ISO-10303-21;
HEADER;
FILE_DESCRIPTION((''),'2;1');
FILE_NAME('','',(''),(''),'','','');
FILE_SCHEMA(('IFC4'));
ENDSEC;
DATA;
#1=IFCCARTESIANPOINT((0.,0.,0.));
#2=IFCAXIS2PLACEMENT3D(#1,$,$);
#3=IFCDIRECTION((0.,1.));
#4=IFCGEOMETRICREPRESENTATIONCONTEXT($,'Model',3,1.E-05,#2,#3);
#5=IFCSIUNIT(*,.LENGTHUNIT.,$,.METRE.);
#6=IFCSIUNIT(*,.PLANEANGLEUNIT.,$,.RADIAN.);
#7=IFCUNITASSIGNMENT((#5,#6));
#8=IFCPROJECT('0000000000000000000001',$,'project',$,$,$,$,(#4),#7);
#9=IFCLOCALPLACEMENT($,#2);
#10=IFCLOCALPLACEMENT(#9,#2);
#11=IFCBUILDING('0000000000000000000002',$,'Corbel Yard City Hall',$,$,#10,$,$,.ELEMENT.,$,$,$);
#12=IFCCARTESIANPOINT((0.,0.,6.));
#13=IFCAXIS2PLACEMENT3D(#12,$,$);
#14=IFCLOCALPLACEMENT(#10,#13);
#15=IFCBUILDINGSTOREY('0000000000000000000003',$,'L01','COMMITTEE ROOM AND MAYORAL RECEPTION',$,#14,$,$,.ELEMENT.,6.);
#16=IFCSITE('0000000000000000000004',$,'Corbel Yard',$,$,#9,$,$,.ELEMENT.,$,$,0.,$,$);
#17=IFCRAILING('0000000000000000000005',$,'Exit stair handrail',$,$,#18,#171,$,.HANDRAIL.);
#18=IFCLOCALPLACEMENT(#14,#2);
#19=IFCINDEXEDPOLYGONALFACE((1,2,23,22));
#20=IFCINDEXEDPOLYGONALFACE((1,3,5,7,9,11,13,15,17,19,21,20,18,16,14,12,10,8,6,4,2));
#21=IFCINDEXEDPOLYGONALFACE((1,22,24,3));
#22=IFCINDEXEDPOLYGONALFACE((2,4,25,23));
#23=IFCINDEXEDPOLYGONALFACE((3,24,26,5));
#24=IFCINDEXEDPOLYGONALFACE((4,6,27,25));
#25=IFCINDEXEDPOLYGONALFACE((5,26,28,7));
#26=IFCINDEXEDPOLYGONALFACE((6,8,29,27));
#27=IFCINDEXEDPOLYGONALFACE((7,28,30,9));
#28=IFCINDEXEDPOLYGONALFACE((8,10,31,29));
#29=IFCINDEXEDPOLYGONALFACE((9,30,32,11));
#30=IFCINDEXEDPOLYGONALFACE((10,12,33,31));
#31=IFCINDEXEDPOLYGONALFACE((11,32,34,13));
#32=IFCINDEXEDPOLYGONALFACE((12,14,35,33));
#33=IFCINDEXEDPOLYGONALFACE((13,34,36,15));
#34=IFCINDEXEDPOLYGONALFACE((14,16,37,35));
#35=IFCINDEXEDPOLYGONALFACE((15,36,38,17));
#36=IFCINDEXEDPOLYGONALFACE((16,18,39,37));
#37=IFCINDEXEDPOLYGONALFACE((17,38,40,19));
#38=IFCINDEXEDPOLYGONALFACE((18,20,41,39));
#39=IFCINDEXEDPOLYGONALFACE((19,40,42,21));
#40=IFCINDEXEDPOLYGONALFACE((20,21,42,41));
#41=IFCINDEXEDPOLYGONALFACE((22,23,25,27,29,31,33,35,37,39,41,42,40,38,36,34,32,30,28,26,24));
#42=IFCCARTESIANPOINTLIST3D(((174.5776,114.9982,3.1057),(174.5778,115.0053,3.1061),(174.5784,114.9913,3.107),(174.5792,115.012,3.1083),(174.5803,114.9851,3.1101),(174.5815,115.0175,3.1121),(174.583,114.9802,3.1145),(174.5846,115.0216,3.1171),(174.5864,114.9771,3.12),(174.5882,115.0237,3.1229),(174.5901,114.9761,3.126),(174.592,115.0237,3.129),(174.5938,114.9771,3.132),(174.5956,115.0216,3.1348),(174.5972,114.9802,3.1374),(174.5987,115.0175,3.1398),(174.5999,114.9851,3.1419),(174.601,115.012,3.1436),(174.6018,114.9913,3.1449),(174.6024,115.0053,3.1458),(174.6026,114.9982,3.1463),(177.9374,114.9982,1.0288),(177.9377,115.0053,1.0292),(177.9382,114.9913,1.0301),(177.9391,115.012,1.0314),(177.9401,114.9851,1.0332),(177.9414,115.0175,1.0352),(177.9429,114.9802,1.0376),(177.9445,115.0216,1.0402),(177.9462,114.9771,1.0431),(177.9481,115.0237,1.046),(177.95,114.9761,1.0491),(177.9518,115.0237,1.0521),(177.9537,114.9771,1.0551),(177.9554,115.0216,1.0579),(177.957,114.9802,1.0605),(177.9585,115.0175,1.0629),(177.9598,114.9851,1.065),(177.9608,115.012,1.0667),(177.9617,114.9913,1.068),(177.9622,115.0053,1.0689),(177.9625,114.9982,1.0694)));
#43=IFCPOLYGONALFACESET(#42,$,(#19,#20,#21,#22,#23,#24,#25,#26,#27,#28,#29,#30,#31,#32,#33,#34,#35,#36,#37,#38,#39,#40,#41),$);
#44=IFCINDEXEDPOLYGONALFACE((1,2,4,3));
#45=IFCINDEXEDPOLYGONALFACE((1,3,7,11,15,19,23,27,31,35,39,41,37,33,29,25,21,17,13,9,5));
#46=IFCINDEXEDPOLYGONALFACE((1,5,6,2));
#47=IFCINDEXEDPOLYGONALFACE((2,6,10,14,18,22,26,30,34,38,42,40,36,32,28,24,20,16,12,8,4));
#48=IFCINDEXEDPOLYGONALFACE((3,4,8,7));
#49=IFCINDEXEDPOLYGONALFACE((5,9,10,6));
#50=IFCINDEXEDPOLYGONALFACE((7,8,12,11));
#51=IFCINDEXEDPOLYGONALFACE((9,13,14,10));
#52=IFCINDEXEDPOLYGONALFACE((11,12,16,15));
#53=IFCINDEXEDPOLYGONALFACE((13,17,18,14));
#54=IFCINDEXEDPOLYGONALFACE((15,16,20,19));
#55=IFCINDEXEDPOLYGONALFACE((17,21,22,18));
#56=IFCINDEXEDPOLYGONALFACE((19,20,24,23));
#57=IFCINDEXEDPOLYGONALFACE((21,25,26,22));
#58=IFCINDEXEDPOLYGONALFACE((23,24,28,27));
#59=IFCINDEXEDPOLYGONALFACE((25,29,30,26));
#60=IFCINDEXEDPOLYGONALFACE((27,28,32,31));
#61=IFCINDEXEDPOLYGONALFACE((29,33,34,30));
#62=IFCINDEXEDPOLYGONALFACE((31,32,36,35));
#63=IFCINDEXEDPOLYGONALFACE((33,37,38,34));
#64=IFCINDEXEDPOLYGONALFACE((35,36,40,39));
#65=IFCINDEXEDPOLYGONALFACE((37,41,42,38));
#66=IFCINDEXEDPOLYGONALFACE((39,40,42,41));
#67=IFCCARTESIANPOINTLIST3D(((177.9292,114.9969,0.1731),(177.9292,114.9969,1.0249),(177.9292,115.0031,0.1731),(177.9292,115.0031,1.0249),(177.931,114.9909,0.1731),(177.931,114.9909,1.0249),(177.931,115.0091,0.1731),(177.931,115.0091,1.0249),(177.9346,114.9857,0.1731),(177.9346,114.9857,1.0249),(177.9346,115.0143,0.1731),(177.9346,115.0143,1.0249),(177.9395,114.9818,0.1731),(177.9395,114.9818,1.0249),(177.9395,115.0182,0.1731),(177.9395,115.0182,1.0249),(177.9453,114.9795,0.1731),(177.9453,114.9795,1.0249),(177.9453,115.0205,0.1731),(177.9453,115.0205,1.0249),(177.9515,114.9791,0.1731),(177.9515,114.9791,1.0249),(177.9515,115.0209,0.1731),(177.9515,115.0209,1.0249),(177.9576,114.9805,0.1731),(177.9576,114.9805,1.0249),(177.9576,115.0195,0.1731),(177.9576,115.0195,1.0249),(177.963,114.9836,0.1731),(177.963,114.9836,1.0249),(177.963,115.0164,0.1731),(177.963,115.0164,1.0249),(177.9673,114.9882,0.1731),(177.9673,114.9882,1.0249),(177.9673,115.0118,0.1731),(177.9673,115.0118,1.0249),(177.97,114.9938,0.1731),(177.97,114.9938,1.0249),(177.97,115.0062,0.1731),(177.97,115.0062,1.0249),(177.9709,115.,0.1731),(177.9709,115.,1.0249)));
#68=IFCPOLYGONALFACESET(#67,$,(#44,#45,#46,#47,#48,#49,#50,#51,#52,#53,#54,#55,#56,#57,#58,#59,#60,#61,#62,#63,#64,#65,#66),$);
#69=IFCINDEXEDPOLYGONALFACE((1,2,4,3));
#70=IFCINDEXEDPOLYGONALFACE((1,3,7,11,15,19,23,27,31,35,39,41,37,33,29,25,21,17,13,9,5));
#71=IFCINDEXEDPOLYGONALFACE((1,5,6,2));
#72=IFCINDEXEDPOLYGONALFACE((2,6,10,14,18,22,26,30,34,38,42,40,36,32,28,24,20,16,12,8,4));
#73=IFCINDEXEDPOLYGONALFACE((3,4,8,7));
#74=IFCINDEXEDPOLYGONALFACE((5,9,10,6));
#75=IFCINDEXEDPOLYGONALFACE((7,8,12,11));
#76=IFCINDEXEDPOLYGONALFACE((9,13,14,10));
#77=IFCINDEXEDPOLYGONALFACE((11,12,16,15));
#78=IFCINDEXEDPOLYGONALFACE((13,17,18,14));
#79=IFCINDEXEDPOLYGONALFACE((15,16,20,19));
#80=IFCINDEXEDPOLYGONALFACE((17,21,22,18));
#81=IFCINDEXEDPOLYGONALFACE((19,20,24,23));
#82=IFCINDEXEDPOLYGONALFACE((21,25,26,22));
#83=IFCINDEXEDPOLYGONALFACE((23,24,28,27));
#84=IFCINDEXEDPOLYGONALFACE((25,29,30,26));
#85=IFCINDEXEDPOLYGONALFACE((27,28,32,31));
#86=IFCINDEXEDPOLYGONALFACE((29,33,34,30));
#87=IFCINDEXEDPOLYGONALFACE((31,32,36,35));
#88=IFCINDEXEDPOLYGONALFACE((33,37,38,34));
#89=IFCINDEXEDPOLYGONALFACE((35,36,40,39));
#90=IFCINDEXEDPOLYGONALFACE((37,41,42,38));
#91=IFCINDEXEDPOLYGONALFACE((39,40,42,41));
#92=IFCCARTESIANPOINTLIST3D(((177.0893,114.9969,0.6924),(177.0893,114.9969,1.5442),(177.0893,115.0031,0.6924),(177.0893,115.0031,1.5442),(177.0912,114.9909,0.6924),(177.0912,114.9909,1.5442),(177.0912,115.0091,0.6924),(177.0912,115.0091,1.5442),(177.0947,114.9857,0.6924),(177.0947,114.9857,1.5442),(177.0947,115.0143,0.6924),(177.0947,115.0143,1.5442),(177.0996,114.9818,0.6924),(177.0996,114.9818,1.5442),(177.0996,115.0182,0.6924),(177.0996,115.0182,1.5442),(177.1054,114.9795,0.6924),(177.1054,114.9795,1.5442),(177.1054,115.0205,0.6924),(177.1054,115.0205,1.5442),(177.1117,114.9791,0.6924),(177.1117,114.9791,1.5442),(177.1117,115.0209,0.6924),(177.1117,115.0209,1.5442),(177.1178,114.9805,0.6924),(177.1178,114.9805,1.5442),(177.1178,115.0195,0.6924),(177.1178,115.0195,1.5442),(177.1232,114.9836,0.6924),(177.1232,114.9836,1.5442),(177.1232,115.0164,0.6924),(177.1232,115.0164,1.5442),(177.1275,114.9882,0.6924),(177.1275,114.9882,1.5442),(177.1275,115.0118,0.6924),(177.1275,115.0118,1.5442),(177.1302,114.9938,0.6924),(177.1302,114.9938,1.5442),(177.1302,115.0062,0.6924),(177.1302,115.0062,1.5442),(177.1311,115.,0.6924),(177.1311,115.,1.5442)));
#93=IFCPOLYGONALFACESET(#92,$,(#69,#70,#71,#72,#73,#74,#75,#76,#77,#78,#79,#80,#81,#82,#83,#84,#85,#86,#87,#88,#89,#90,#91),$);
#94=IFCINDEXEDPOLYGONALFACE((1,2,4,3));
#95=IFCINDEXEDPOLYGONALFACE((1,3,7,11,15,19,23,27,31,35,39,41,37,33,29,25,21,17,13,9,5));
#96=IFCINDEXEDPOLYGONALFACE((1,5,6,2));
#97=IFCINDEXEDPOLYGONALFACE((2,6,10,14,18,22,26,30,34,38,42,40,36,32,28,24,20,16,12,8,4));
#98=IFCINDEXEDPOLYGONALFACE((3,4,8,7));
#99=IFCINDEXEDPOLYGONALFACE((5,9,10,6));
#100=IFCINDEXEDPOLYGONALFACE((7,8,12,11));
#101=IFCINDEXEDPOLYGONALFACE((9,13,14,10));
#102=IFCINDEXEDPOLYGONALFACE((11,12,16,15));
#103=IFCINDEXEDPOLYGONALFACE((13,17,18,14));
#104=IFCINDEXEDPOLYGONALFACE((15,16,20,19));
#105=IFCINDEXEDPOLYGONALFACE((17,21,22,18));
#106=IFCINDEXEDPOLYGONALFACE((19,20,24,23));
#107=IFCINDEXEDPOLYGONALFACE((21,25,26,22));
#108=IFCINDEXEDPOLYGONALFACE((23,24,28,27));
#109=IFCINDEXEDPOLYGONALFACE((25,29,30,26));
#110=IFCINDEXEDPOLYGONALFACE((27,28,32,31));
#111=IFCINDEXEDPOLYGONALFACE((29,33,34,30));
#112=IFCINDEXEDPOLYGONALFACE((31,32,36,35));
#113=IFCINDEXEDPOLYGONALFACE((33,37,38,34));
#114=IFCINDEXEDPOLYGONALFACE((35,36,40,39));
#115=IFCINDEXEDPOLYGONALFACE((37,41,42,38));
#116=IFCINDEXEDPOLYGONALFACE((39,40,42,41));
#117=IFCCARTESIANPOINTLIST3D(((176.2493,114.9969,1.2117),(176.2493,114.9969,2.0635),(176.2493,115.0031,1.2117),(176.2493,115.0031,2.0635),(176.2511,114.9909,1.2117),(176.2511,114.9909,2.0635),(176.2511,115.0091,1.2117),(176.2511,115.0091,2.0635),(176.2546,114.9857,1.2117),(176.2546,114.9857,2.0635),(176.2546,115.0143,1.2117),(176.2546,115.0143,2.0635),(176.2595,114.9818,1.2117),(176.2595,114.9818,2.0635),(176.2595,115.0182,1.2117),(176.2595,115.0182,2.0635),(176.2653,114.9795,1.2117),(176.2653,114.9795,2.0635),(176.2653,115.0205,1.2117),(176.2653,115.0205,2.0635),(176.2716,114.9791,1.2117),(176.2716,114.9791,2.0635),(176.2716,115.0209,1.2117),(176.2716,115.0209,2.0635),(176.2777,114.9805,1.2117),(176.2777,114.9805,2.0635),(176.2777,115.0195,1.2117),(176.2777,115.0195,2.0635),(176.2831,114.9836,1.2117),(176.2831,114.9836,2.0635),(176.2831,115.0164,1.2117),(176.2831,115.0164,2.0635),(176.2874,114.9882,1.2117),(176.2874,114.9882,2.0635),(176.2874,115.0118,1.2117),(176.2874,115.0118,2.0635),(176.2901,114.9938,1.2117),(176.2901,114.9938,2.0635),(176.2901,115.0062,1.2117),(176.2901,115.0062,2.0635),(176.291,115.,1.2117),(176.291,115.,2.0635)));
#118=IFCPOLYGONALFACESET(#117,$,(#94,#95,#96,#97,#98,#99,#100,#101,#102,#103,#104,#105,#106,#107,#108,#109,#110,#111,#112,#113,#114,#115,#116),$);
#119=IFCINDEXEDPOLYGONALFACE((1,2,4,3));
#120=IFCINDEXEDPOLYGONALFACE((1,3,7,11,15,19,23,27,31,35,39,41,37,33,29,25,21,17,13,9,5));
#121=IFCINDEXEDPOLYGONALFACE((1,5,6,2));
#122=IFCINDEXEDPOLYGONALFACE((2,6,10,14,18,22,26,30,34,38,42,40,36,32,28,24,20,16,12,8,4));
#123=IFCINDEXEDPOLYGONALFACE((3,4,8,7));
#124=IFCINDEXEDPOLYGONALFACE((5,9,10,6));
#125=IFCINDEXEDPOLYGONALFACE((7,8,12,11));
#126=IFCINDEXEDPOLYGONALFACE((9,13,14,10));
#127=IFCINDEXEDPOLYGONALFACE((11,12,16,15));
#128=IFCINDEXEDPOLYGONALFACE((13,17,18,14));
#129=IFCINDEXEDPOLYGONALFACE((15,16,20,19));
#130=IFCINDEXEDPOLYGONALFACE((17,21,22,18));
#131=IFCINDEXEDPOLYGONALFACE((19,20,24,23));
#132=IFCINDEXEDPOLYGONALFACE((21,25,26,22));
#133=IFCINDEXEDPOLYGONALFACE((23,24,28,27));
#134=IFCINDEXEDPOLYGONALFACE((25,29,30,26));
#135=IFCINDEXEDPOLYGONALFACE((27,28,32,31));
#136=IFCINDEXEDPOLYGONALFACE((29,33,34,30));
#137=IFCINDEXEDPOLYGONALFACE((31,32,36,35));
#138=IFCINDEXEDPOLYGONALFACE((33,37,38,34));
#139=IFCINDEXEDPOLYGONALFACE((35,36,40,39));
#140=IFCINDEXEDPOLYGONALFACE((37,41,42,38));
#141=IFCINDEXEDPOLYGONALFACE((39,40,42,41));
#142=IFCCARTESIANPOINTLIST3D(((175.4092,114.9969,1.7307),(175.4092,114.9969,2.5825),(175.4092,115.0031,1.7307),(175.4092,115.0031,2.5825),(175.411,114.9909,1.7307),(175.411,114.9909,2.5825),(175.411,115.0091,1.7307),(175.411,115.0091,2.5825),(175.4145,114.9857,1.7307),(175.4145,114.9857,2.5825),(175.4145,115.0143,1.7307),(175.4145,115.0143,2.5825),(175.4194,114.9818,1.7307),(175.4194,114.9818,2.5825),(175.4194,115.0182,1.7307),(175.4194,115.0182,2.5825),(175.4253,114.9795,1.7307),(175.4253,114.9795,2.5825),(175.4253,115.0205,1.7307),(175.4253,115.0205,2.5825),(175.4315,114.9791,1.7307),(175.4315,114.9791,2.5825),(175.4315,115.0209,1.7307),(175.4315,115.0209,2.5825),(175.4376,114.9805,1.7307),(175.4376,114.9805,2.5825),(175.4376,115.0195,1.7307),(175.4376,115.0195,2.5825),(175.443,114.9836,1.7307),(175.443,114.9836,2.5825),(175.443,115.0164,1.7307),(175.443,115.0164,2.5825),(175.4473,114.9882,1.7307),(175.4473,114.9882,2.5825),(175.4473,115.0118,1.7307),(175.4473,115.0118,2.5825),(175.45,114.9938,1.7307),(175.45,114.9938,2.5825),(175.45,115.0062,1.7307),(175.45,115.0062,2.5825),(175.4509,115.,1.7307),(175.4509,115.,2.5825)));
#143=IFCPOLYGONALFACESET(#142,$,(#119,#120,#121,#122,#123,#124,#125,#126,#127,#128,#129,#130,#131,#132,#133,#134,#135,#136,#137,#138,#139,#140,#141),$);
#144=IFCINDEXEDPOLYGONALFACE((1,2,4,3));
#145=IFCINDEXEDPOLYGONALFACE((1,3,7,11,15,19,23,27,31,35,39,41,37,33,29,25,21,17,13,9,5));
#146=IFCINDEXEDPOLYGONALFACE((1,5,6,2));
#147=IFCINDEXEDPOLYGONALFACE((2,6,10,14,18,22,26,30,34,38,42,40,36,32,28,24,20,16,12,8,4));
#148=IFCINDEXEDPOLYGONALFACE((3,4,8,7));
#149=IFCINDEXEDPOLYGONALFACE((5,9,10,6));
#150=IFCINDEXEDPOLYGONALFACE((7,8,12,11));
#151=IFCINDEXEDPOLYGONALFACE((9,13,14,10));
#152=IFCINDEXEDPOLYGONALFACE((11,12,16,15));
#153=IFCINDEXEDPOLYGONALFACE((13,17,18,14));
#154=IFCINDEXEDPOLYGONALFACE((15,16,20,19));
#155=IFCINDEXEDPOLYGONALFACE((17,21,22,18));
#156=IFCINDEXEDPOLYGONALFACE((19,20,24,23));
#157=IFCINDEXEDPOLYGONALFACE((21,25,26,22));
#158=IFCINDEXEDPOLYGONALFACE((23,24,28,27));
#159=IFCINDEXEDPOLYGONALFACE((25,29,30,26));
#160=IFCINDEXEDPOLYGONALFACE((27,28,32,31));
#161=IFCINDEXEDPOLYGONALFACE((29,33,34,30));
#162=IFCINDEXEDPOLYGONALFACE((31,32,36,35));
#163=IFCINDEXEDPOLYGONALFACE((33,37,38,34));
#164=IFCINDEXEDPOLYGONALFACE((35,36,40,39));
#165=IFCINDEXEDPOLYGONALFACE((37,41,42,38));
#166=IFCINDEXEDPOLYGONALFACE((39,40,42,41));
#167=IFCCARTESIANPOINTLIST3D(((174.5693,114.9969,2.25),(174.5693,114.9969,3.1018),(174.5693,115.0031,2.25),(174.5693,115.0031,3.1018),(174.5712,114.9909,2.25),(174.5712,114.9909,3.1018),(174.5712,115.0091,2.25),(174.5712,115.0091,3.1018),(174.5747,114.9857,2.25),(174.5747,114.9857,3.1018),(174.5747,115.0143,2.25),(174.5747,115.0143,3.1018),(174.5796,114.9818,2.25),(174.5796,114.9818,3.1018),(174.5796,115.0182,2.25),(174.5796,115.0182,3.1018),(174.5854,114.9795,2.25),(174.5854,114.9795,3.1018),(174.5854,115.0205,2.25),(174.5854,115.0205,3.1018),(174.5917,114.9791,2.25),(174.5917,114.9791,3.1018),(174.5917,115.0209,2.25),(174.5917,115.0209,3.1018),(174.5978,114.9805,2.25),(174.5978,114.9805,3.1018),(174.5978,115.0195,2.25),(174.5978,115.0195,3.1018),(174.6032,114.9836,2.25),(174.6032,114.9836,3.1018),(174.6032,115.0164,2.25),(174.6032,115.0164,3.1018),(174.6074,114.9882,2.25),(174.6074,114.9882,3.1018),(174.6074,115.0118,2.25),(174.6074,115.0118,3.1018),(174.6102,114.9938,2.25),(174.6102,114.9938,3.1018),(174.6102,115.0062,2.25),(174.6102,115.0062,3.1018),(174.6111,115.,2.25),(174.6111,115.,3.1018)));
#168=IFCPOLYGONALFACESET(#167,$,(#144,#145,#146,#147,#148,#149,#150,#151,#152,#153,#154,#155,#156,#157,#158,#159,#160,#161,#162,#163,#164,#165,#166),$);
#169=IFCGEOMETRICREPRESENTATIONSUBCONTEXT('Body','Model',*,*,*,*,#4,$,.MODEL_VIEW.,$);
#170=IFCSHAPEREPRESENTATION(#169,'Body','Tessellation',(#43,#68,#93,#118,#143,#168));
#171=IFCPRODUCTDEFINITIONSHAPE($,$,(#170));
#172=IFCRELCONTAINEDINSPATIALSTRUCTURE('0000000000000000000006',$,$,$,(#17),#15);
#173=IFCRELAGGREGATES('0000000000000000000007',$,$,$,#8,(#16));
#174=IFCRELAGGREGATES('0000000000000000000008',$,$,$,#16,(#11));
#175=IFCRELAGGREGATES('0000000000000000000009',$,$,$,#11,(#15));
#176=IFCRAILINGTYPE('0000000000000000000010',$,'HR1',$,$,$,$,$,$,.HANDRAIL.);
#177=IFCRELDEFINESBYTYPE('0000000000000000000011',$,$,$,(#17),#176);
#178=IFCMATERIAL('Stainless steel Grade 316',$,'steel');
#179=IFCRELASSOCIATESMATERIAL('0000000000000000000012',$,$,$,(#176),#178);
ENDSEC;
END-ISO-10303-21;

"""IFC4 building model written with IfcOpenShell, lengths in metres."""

from ifc_helpers import new_model, si_unit, direction, frame, origin, origin_2d, place, context, subcontext, project, spatial, circle, extrude, material, type_object, element, save


model = new_model("IFC4")

# Units and contexts
model_context = context("Model", 3, precision=1e-05, world=origin(), true_north=direction((0.0, 1.0)))
body_context = subcontext(model_context, "Body", "Model", "MODEL_VIEW")
ifc_project = project(units=[si_unit("LENGTHUNIT", "METRE"), si_unit("PLANEANGLEUNIT", "RADIAN")], contexts=[model_context])

# Site, building, storey
site_placement = place(None, origin())
site = spatial("IfcSite", under=ifc_project, at=site_placement, Name="Corbel Yard", CompositionType="ELEMENT", RefElevation=0.0)
building_placement = place(site_placement, origin())
building = spatial("IfcBuilding", under=site, at=building_placement, Name="Corbel Yard City Hall", CompositionType="ELEMENT")
storey_placement = place(building_placement, frame((0.0, 0.0, 6.0)))
storey = spatial("IfcBuildingStorey", under=building, at=storey_placement, Name="L01", Description="COMMITTEE ROOM AND MAYORAL RECEPTION", CompositionType="ELEMENT", Elevation=6.0)

# Shared definitions
ifc_material_1 = material(Name="Stainless steel Grade 316", Category="steel")

# Railing
railing_type_1 = type_object("IfcRailingType", Name="HR1", PredefinedType="HANDRAIL", material=ifc_material_1)
for number, where, name in (
    (1, (177.95, 115.0, 0.1731), "Exit stair handrail"),
):
    element("IfcRailing", number, at=place(storey_placement, frame(where)), inside=storey, type_object=railing_type_1, Name=name, PredefinedType="HANDRAIL", context=body_context, shape_type="SweptSolid", body=[
        extrude(circle(Radius=0.0239, at=origin_2d()), frame((0.0, 0.0, 0.876), z_axis=(-0.850606, 0.0, 0.525803), x_axis=(0.0, -1.0, 0.0)), (0.0, 0.0, 1.0), 3.95),
        extrude(circle(Radius=0.021, at=origin_2d()), origin(), (0.0, 0.0, 1.0), 0.8518),
        extrude(circle(Radius=0.021, at=origin_2d()), frame((-0.8398, 0.0, 0.5193)), (0.0, 0.0, 1.0), 0.8518),
        extrude(circle(Radius=0.021, at=origin_2d()), frame((-1.6799, 0.0, 1.0386)), (0.0, 0.0, 1.0), 0.8518),
        extrude(circle(Radius=0.021, at=origin_2d()), frame((-2.52, 0.0, 1.5576)), (0.0, 0.0, 1.0), 0.8518),
        extrude(circle(Radius=0.021, at=origin_2d()), frame((-3.3599, 0.0, 2.0769)), (0.0, 0.0, 1.0), 0.8518),
    ])

save(model, "model.ifc")
